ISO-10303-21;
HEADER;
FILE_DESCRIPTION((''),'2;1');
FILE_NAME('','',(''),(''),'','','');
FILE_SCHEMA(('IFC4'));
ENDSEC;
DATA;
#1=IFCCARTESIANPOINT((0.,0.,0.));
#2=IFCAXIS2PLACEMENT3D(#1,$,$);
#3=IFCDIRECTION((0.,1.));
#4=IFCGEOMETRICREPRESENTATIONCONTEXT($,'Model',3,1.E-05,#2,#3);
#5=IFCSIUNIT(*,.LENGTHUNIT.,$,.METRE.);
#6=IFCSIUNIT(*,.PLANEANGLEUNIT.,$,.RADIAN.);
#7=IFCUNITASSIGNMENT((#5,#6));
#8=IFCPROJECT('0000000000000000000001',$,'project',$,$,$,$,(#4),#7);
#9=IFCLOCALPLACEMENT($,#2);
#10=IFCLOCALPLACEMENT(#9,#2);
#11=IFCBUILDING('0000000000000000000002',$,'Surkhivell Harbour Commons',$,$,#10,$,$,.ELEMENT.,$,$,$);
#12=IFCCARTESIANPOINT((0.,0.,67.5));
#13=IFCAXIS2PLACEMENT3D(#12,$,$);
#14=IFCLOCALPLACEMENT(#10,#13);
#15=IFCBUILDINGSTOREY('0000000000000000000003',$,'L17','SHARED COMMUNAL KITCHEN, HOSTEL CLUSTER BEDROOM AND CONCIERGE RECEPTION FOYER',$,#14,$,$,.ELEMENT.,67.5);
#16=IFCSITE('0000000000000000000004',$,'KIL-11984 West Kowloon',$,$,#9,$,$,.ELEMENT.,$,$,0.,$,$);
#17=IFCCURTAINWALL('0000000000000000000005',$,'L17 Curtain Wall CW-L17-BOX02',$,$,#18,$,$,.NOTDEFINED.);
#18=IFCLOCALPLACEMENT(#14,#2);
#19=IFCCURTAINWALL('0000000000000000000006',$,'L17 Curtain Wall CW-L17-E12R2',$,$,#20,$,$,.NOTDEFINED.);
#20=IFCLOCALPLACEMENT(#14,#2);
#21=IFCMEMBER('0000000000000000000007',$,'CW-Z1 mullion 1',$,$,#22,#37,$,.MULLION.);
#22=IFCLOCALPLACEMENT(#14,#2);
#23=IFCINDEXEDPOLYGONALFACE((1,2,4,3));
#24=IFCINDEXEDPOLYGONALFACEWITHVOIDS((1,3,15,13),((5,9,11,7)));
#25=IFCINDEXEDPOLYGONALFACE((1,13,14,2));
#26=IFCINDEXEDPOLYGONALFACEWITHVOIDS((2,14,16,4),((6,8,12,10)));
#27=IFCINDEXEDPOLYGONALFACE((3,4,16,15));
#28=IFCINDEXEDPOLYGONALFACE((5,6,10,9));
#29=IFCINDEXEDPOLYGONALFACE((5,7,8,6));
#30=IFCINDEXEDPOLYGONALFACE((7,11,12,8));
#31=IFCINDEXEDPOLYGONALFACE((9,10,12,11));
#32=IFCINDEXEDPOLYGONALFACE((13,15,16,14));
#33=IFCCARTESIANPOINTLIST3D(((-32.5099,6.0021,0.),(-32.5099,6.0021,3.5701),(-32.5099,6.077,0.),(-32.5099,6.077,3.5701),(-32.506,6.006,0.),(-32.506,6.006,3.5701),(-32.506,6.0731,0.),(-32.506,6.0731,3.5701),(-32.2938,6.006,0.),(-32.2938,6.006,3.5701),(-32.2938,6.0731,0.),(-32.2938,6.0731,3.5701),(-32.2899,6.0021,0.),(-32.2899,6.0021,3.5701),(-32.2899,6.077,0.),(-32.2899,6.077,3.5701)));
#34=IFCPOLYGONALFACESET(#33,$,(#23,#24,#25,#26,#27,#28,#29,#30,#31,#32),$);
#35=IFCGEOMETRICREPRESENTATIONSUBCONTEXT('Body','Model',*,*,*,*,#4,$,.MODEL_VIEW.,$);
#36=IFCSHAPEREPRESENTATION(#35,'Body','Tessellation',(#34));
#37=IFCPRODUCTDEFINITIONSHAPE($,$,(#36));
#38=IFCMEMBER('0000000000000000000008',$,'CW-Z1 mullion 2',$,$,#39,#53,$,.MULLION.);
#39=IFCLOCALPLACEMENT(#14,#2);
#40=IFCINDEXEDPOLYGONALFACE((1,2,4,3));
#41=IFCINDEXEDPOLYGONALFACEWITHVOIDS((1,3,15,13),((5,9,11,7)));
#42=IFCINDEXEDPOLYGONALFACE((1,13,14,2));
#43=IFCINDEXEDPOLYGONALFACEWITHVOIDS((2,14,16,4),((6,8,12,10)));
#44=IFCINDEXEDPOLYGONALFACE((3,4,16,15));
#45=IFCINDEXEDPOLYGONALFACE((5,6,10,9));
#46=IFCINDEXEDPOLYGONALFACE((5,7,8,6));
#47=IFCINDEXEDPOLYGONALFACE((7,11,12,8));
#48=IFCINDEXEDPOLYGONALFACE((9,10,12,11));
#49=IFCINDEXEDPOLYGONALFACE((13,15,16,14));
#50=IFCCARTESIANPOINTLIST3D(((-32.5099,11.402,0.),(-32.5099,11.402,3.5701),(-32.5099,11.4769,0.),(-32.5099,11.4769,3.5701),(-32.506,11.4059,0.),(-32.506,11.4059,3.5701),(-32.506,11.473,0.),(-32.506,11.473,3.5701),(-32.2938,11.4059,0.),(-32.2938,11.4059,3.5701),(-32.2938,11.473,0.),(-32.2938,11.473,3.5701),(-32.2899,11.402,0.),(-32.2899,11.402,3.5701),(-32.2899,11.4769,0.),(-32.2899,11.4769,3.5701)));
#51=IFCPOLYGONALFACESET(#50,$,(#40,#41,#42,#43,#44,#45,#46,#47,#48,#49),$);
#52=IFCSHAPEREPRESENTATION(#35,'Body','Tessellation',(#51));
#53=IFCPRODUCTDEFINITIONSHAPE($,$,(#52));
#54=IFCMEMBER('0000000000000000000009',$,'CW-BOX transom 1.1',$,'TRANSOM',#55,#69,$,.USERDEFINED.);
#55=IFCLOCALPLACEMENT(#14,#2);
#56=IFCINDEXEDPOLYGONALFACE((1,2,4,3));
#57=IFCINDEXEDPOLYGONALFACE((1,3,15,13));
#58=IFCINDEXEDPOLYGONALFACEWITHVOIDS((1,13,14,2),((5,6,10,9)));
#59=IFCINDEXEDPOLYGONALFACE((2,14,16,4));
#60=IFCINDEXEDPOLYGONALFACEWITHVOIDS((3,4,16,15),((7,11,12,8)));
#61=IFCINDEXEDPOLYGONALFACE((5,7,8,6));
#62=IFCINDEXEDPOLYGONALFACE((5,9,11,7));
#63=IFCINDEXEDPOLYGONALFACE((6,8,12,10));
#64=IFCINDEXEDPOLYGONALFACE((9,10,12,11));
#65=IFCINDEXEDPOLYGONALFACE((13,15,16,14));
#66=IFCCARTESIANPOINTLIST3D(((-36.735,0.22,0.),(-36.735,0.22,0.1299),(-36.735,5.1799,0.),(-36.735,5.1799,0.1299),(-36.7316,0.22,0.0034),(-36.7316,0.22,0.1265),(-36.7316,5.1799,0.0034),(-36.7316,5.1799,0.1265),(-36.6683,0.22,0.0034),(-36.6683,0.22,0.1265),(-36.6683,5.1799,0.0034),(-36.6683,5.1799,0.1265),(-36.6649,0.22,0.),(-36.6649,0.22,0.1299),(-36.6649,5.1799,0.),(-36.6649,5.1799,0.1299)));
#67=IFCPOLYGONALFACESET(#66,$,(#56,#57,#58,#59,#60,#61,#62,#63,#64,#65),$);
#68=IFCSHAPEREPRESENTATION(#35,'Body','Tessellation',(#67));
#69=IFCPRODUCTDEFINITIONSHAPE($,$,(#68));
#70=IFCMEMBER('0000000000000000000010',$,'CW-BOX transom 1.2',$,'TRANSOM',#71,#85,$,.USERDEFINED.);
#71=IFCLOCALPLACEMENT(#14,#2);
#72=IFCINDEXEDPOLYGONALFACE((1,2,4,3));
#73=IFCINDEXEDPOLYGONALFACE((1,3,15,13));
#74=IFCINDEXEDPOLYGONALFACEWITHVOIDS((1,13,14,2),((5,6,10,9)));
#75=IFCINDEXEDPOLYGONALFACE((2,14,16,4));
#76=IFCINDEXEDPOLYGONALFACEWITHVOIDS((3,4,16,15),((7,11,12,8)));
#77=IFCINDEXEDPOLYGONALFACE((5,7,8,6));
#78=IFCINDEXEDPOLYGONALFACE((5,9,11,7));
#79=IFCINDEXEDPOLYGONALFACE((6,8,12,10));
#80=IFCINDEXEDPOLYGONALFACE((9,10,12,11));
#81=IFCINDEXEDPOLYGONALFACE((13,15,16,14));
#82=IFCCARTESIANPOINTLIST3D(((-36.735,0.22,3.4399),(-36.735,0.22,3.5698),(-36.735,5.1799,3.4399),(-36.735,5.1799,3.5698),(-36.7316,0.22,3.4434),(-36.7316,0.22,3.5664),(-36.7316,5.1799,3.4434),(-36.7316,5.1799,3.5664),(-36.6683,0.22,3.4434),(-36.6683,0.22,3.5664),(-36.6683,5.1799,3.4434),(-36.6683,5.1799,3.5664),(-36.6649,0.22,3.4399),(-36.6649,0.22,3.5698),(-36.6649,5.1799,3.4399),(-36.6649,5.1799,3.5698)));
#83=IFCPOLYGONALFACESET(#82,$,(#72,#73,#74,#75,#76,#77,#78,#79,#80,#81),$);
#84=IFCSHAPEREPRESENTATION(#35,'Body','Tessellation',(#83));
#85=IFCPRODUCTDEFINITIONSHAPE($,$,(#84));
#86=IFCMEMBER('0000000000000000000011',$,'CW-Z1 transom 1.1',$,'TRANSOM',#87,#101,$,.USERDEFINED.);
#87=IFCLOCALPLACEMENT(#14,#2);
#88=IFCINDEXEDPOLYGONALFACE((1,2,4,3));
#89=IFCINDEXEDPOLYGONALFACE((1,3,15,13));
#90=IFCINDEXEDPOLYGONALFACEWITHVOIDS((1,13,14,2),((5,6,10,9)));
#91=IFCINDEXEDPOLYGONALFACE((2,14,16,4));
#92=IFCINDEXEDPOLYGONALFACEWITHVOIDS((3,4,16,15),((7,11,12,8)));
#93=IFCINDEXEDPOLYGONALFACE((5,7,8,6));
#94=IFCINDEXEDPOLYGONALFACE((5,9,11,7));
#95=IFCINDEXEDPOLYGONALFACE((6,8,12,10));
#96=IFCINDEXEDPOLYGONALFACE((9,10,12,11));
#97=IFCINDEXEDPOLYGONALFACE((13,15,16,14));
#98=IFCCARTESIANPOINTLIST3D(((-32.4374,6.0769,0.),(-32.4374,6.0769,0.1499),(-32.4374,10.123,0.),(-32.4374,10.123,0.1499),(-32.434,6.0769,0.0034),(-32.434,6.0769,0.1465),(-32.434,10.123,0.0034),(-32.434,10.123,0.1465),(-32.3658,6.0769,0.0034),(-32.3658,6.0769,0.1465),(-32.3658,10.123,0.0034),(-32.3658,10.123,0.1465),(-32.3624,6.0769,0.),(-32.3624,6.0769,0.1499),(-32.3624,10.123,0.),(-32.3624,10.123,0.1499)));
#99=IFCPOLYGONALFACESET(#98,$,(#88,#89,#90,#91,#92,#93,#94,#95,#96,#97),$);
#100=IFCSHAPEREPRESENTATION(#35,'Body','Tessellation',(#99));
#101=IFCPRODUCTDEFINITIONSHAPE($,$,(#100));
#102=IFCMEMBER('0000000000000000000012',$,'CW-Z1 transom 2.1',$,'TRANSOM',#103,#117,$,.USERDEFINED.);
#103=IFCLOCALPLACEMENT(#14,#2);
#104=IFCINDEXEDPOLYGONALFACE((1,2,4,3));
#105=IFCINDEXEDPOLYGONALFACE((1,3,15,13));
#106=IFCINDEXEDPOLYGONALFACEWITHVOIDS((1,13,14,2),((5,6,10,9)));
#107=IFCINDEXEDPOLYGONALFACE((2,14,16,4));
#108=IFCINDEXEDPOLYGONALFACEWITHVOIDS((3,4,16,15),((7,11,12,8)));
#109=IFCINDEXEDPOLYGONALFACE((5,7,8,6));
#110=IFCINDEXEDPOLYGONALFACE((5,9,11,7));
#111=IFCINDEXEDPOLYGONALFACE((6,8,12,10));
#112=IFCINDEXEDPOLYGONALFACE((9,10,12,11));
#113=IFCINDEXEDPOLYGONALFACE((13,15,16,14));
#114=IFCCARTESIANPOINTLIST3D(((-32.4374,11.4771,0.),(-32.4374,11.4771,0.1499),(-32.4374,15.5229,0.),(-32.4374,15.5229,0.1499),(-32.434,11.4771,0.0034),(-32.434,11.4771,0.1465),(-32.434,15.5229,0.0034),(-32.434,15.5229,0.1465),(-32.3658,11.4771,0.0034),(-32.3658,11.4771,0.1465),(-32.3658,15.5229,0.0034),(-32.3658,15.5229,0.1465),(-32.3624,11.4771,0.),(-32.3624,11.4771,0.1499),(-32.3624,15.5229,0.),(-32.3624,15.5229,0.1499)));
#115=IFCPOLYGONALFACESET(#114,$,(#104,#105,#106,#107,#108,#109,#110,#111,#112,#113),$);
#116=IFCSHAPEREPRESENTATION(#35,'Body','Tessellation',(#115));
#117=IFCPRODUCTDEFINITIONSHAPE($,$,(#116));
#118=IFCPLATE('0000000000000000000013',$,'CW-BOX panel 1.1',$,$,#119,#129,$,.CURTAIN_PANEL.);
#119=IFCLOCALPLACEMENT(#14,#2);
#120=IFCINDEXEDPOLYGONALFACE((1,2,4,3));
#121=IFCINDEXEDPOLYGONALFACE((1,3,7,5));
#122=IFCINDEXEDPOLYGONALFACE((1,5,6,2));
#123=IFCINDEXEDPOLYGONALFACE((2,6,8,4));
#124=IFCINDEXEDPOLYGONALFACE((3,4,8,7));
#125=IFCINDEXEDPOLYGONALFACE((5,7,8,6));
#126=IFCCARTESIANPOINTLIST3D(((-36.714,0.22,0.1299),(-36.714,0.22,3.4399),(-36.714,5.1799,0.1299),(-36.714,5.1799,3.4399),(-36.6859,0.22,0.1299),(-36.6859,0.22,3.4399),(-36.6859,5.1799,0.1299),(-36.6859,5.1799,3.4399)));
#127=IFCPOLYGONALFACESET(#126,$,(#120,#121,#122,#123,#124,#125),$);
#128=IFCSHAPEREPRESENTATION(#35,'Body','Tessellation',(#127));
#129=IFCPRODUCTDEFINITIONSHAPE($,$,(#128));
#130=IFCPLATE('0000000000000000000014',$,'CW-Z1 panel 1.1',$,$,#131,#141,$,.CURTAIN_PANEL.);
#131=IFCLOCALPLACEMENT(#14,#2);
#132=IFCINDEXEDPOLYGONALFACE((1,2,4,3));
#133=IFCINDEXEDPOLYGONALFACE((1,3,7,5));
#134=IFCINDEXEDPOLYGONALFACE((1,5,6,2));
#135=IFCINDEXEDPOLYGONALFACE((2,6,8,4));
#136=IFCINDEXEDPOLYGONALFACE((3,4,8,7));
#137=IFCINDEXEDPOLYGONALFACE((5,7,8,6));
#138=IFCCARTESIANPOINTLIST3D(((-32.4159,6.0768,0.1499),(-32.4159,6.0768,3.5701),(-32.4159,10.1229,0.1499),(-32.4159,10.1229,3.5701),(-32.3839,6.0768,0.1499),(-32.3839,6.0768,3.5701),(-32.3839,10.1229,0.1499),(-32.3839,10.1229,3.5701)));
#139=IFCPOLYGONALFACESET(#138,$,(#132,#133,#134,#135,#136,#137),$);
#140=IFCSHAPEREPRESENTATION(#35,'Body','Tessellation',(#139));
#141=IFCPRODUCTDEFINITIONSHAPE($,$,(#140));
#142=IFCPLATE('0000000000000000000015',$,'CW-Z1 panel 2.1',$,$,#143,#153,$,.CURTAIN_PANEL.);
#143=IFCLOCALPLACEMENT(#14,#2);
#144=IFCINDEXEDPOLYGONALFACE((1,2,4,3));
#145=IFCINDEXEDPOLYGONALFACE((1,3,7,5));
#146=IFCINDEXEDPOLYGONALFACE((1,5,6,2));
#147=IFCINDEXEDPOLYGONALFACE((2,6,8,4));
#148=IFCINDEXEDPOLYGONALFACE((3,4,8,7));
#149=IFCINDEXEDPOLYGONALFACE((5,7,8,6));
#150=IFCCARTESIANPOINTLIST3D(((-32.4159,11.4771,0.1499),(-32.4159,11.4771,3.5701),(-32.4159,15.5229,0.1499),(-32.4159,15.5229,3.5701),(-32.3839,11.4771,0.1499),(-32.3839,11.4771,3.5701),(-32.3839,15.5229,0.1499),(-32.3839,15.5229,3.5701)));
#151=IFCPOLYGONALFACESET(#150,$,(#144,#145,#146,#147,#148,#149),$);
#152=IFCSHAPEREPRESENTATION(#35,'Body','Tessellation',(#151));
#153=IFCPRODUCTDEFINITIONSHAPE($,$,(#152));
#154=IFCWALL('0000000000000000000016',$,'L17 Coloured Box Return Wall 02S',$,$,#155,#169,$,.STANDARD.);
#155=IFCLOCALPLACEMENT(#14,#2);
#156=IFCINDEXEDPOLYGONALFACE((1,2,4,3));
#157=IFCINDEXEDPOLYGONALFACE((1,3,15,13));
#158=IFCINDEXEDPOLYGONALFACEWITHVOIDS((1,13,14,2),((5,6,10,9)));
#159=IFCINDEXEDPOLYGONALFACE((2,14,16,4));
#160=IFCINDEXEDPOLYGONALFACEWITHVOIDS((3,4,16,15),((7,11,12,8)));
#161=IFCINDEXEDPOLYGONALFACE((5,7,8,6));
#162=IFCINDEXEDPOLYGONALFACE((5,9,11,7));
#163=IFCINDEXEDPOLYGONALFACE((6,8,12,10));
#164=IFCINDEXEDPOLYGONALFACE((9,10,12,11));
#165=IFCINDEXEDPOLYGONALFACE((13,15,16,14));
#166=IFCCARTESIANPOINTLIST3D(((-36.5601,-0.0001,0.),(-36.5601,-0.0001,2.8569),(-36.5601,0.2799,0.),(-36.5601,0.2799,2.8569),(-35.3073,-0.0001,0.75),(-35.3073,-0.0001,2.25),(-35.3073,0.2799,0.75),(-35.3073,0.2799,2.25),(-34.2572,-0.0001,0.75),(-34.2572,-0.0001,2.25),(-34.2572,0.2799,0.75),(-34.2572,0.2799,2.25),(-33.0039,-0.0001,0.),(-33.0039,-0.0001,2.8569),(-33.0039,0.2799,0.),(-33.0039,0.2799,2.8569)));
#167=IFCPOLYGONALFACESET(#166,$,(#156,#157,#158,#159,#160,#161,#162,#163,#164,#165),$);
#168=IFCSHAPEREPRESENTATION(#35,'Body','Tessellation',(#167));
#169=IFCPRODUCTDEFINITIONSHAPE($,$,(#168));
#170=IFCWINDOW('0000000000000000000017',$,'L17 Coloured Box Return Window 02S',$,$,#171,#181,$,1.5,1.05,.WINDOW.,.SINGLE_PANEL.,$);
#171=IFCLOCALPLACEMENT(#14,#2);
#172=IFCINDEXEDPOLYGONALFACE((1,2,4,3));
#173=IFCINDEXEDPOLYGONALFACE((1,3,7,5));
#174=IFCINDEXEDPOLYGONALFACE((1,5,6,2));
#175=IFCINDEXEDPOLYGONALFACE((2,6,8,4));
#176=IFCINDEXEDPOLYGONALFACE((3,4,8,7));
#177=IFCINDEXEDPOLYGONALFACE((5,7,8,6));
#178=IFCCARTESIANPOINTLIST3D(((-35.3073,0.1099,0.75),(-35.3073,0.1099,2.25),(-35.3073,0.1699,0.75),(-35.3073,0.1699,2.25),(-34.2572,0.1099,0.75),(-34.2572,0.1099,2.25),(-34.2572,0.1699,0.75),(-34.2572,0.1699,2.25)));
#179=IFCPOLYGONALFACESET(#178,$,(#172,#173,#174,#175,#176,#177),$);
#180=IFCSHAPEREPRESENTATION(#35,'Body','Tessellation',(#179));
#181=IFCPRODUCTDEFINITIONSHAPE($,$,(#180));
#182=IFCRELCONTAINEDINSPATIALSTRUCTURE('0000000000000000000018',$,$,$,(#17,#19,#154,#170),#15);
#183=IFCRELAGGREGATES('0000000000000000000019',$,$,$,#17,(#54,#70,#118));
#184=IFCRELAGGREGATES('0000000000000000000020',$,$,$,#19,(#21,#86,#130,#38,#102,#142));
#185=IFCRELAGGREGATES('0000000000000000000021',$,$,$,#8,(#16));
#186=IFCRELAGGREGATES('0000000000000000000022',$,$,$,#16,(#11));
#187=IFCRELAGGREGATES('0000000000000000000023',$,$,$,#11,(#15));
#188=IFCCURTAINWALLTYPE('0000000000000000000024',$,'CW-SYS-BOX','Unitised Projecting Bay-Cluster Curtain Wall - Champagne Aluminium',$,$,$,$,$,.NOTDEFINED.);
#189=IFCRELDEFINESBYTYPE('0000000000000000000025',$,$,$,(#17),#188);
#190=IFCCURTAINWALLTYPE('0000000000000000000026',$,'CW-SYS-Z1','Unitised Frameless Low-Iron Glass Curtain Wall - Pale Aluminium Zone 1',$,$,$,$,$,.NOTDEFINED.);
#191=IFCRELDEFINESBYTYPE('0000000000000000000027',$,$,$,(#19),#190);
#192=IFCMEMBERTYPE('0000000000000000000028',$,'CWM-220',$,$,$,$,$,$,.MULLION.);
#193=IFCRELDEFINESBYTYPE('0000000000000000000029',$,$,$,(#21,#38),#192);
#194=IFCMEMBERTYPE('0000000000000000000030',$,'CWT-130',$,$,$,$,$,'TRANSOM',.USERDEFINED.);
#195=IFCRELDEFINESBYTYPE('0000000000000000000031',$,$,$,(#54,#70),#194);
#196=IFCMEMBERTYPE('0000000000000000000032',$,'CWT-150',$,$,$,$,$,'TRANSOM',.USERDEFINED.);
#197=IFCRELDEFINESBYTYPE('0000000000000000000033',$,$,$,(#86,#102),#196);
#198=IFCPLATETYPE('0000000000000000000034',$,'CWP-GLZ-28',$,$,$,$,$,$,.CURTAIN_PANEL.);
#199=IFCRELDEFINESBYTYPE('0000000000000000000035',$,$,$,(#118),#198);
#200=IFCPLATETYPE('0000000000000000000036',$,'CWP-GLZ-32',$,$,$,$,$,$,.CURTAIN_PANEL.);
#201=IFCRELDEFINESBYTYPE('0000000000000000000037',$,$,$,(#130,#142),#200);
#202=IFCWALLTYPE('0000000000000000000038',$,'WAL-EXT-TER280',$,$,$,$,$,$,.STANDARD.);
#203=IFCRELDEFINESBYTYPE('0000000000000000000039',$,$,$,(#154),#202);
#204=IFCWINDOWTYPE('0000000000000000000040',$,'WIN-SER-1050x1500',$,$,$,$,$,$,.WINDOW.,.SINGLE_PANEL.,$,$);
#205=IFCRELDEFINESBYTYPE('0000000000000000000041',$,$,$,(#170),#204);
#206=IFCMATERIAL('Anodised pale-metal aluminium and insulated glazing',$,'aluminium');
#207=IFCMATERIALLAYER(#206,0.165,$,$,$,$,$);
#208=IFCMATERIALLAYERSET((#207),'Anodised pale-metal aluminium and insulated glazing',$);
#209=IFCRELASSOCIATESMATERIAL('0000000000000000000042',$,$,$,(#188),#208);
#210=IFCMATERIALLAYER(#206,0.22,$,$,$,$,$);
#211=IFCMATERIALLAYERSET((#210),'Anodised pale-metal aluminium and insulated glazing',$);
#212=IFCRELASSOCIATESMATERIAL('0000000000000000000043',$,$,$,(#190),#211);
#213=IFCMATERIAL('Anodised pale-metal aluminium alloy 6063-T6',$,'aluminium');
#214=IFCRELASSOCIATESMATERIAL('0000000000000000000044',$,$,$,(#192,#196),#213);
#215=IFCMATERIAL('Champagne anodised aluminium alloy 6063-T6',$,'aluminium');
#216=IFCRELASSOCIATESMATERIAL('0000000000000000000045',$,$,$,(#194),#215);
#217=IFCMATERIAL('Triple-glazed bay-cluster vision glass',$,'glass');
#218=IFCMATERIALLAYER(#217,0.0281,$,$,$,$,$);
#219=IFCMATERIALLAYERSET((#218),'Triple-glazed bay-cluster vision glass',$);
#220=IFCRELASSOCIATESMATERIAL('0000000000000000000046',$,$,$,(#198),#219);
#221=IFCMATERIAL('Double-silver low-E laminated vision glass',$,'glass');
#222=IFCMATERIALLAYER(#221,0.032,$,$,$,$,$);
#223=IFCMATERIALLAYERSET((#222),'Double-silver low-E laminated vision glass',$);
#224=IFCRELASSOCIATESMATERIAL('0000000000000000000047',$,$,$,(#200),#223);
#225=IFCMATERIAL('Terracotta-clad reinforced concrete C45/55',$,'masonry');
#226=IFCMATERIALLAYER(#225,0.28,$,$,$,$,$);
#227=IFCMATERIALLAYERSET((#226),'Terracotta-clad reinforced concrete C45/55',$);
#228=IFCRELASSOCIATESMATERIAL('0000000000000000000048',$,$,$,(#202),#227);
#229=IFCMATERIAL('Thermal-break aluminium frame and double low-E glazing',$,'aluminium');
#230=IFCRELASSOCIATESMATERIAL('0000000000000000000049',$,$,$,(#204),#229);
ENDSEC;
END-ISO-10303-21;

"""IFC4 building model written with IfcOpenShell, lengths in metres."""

from ifc_helpers import new_model, si_unit, direction, frame, frame_2d, origin, origin_2d, place, context, subcontext, project, spatial, rectangle, hollow_rectangle, extrude, material, layer, layer_set, material_profile, profile_set, type_object, element, fill, aggregate, save


model = new_model("IFC4")

# Units and contexts
model_context = context("Model", 3, precision=1e-05, world=origin(), true_north=direction((0.0, 1.0)))
body_context = subcontext(model_context, "Body", "Model", "MODEL_VIEW")
ifc_project = project(units=[si_unit("LENGTHUNIT", "METRE"), si_unit("PLANEANGLEUNIT", "RADIAN")], contexts=[model_context])

# Site, building, storey
site_placement = place(None, origin())
site = spatial("IfcSite", under=ifc_project, at=site_placement, Name="KIL-11984 West Kowloon", CompositionType="ELEMENT", RefElevation=0.0)
building_placement = place(site_placement, origin())
building = spatial("IfcBuilding", under=site, at=building_placement, Name="Surkhivell Harbour Commons", CompositionType="ELEMENT")
storey_placement = place(building_placement, frame((0.0, 0.0, 67.5)))
storey = spatial("IfcBuildingStorey", under=building, at=storey_placement, Name="L17", Description="SHARED COMMUNAL KITCHEN, HOSTEL CLUSTER BEDROOM AND CONCIERGE RECEPTION FOYER", CompositionType="ELEMENT", Elevation=67.5)

# Curtain walls, members
ifc_material_1 = material(Name="Anodised pale-metal aluminium and insulated glazing", Category="aluminium")
ifc_layer_1 = layer(ifc_material_1, 0.165)
ifc_layer_set_1 = layer_set([ifc_layer_1], Name="Anodised pale-metal aluminium and insulated glazing")
curtain_wall_type_1 = type_object("IfcCurtainWallType", Name="CW-SYS-BOX", Description="Unitised Projecting Bay-Cluster Curtain Wall - Champagne Aluminium", PredefinedType="NOTDEFINED", material=ifc_layer_set_1)
curtain_wall_1_placement = place(storey_placement, origin())
curtain_wall_1 = element("IfcCurtainWall", 1, at=curtain_wall_1_placement, inside=storey, type_object=curtain_wall_type_1, Name="L17 Curtain Wall CW-L17-BOX02", PredefinedType="NOTDEFINED")
ifc_material_2 = material(Name="Champagne anodised aluminium alloy 6063-T6", Category="aluminium")
ifc_layer_2 = layer(ifc_material_1, 0.22)
ifc_layer_set_2 = layer_set([ifc_layer_2], Name="Anodised pale-metal aluminium and insulated glazing")
curtain_wall_type_2 = type_object("IfcCurtainWallType", Name="CW-SYS-Z1", Description="Unitised Frameless Low-Iron Glass Curtain Wall - Pale Aluminium Zone 1", PredefinedType="NOTDEFINED", material=ifc_layer_set_2)
curtain_wall_2_placement = place(storey_placement, origin())
curtain_wall_2 = element("IfcCurtainWall", 2, at=curtain_wall_2_placement, inside=storey, type_object=curtain_wall_type_2, Name="L17 Curtain Wall CW-L17-E12R2", PredefinedType="NOTDEFINED")
ifc_material_3 = material(Name="Anodised pale-metal aluminium alloy 6063-T6", Category="aluminium")
ifc_material_profile_1 = material_profile(ifc_material_3, hollow_rectangle(XDim=0.075, YDim=0.22, WallThickness=0.0039, at=origin_2d()), Name="ALU-MULL-75x220")
ifc_profile_set_1 = profile_set([ifc_material_profile_1], Name="Anodised pale-metal aluminium alloy 6063-T6")
member_type_1 = type_object("IfcMemberType", Name="CWM-220", PredefinedType="MULLION", material=ifc_profile_set_1)
member_1_placement = place(storey_placement, frame((-32.3999, 6.0396, 0.0), z_axis=(0.0, 0.0, 1.0), x_axis=(0.0, 1.0, 0.0)))
member_1 = element("IfcMember", 3, at=member_1_placement, type_object=member_type_1, Name="CW-Z1 mullion 1", PredefinedType="MULLION", context=body_context, shape_type="SweptSolid", body=[
    extrude(hollow_rectangle(XDim=0.075, YDim=0.22, WallThickness=0.0039, at=origin_2d()), origin(), (0.0, 0.0, 1.0), 3.5701),
])
member_2_placement = place(storey_placement, frame((-32.3999, 11.4395, 0.0), z_axis=(0.0, 0.0, 1.0), x_axis=(0.0, 1.0, 0.0)))
member_2 = element("IfcMember", 4, at=member_2_placement, type_object=member_type_1, Name="CW-Z1 mullion 2", PredefinedType="MULLION", context=body_context, shape_type="SweptSolid", body=[
    extrude(hollow_rectangle(XDim=0.075, YDim=0.22, WallThickness=0.0039, at=origin_2d()), origin(), (0.0, 0.0, 1.0), 3.5701),
])

# Members
ifc_material_profile_2 = material_profile(ifc_material_2, hollow_rectangle(XDim=0.0701, YDim=0.1299, WallThickness=0.0034, at=origin_2d()), Name="ALU-TRAN-70x130")
ifc_profile_set_2 = profile_set([ifc_material_profile_2], Name="Champagne anodised aluminium alloy 6063-T6")
member_type_2 = type_object("IfcMemberType", Name="CWT-130", ElementType="TRANSOM", PredefinedType="USERDEFINED", material=ifc_profile_set_2)
member_3_placement = place(storey_placement, frame((-36.7, 0.22, 0.0649), z_axis=(0.0, 1.0, 0.0), x_axis=(-1.0, 0.0, 0.0)))
member_3 = element("IfcMember", 5, at=member_3_placement, type_object=member_type_2, Name="CW-BOX transom 1.1", ObjectType="TRANSOM", PredefinedType="USERDEFINED", context=body_context, shape_type="SweptSolid", body=[
    extrude(hollow_rectangle(XDim=0.0701, YDim=0.1299, WallThickness=0.0034, at=origin_2d()), origin(), (0.0, 0.0, 1.0), 4.96),
])
member_4_placement = place(storey_placement, frame((-36.7, 0.22, 3.5049), z_axis=(0.0, 1.0, 0.0), x_axis=(-1.0, 0.0, 0.0)))
member_4 = element("IfcMember", 6, at=member_4_placement, type_object=member_type_2, Name="CW-BOX transom 1.2", ObjectType="TRANSOM", PredefinedType="USERDEFINED", context=body_context, shape_type="SweptSolid", body=[
    extrude(hollow_rectangle(XDim=0.0701, YDim=0.1299, WallThickness=0.0034, at=origin_2d()), origin(), (0.0, 0.0, 1.0), 4.96),
])
ifc_material_profile_3 = material_profile(ifc_material_3, hollow_rectangle(XDim=0.075, YDim=0.1499, WallThickness=0.0034, at=origin_2d()), Name="ALU-TRAN-75x150")
ifc_profile_set_3 = profile_set([ifc_material_profile_3], Name="Anodised pale-metal aluminium alloy 6063-T6")
member_type_3 = type_object("IfcMemberType", Name="CWT-150", ElementType="TRANSOM", PredefinedType="USERDEFINED", material=ifc_profile_set_3)
member_5_placement = place(storey_placement, frame((-32.3999, 6.0769, 0.075), z_axis=(0.0, 1.0, 0.0), x_axis=(-1.0, 0.0, 0.0)))
member_5 = element("IfcMember", 7, at=member_5_placement, type_object=member_type_3, Name="CW-Z1 transom 1.1", ObjectType="TRANSOM", PredefinedType="USERDEFINED", context=body_context, shape_type="SweptSolid", body=[
    extrude(hollow_rectangle(XDim=0.075, YDim=0.1499, WallThickness=0.0034, at=origin_2d()), origin(), (0.0, 0.0, 1.0), 4.0461),
])
member_6_placement = place(storey_placement, frame((-32.3999, 11.4771, 0.075), z_axis=(0.0, 1.0, 0.0), x_axis=(-1.0, 0.0, 0.0)))
member_6 = element("IfcMember", 8, at=member_6_placement, type_object=member_type_3, Name="CW-Z1 transom 2.1", ObjectType="TRANSOM", PredefinedType="USERDEFINED", context=body_context, shape_type="SweptSolid", body=[
    extrude(hollow_rectangle(XDim=0.075, YDim=0.1499, WallThickness=0.0034, at=origin_2d()), origin(), (0.0, 0.0, 1.0), 4.0459),
])

# Plates
ifc_material_4 = material(Name="Triple-glazed bay-cluster vision glass", Category="glass")
ifc_layer_3 = layer(ifc_material_4, 0.0281)
ifc_layer_set_3 = layer_set([ifc_layer_3], Name="Triple-glazed bay-cluster vision glass")
plate_type_1 = type_object("IfcPlateType", Name="CWP-GLZ-28", PredefinedType="CURTAIN_PANEL", material=ifc_layer_set_3)
plate_1_placement = place(storey_placement, frame((-36.7, 0.22, 0.1299), z_axis=(0.0, 0.0, 1.0), x_axis=(0.0, 1.0, 0.0)))
plate_1 = element("IfcPlate", 9, at=plate_1_placement, type_object=plate_type_1, Name="CW-BOX panel 1.1", PredefinedType="CURTAIN_PANEL", context=body_context, shape_type="SweptSolid", body=[
    extrude(rectangle(XDim=4.96, YDim=0.0281, at=frame_2d((2.48, 0.0))), origin(), (0.0, 0.0, 1.0), 3.3101),
])
aggregate(curtain_wall_1, [member_3, member_4, plate_1])
ifc_material_5 = material(Name="Double-silver low-E laminated vision glass", Category="glass")
ifc_layer_4 = layer(ifc_material_5, 0.032)
ifc_layer_set_4 = layer_set([ifc_layer_4], Name="Double-silver low-E laminated vision glass")
plate_type_2 = type_object("IfcPlateType", Name="CWP-GLZ-32", PredefinedType="CURTAIN_PANEL", material=ifc_layer_set_4)
plate_2_placement = place(storey_placement, frame((-32.3999, 6.0769, 0.1499), z_axis=(0.0, 0.0, 1.0), x_axis=(0.0, 1.0, 0.0)))
plate_2 = element("IfcPlate", 10, at=plate_2_placement, type_object=plate_type_2, Name="CW-Z1 panel 1.1", PredefinedType="CURTAIN_PANEL", context=body_context, shape_type="SweptSolid", body=[
    extrude(rectangle(XDim=4.0461, YDim=0.032, at=frame_2d((2.0229, 0.0))), origin(), (0.0, 0.0, 1.0), 3.4202),
])
plate_3_placement = place(storey_placement, frame((-32.3999, 11.4771, 0.1499), z_axis=(0.0, 0.0, 1.0), x_axis=(0.0, 1.0, 0.0)))
plate_3 = element("IfcPlate", 11, at=plate_3_placement, type_object=plate_type_2, Name="CW-Z1 panel 2.1", PredefinedType="CURTAIN_PANEL", context=body_context, shape_type="SweptSolid", body=[
    extrude(rectangle(XDim=4.0459, YDim=0.032, at=frame_2d((2.0229, 0.0))), origin(), (0.0, 0.0, 1.0), 3.4202),
])
aggregate(curtain_wall_2, [member_1, member_5, plate_2, member_2, member_6, plate_3])

# Wall, opening, window
ifc_material_6 = material(Name="Terracotta-clad reinforced concrete C45/55", Category="masonry")
ifc_layer_5 = layer(ifc_material_6, 0.28)
ifc_layer_set_5 = layer_set([ifc_layer_5], Name="Terracotta-clad reinforced concrete C45/55")
wall_type_1 = type_object("IfcWallType", Name="WAL-EXT-TER280", PredefinedType="STANDARD", material=ifc_layer_set_5)
wall_1_placement = place(storey_placement, frame((-36.5601, 0.1399, 0.0), z_axis=(0.0, 0.0, 1.0), x_axis=(1.0, 0.0, 0.0)))
wall_1 = element("IfcWall", 12, at=wall_1_placement, inside=storey, type_object=wall_type_1, Name="L17 Coloured Box Return Wall 02S", PredefinedType="STANDARD", context=body_context, shape_type="SweptSolid", body=[
    extrude(rectangle(XDim=3.5562, YDim=0.28, at=frame_2d((1.7781, 0.0))), origin(), (0.0, 0.0, 1.0), 2.8569),
])
opening_1_placement = place(wall_1_placement, frame((1.2529, 0.0, 0.75)))
opening_1 = element("IfcOpeningElement", 13, at=opening_1_placement, cuts=wall_1, PredefinedType="OPENING", context=body_context, shape_type="SweptSolid", body=[
    extrude(rectangle(XDim=1.05, YDim=1.5, at=frame_2d((0.5249, 0.75))), frame((0.0, 0.1499, 0.0), z_axis=(0.0, -1.0, 0.0), x_axis=(1.0, 0.0, 0.0)), (0.0, 0.0, 1.0), 0.3),
])
ifc_material_7 = material(Name="Thermal-break aluminium frame and double low-E glazing", Category="aluminium")
window_type = type_object("IfcWindowType", Name="WIN-SER-1050x1500", PartitioningType="SINGLE_PANEL", PredefinedType="WINDOW", material=ifc_material_7)
window_1_placement = place(opening_1_placement, origin())
window_1 = element("IfcWindow", 14, at=window_1_placement, inside=storey, type_object=window_type, Name="L17 Coloured Box Return Window 02S", OverallHeight=1.5, OverallWidth=1.05, PartitioningType="SINGLE_PANEL", PredefinedType="WINDOW", context=body_context, shape_type="SweptSolid", body=[
    extrude(rectangle(XDim=1.05, YDim=1.5, at=frame_2d((0.5249, 0.75))), frame((0.0, 0.03, 0.0), z_axis=(0.0, -1.0, 0.0), x_axis=(1.0, 0.0, 0.0)), (0.0, 0.0, 1.0), 0.0601),
])
fill(opening_1, window_1)

save(model, "model.ifc")
